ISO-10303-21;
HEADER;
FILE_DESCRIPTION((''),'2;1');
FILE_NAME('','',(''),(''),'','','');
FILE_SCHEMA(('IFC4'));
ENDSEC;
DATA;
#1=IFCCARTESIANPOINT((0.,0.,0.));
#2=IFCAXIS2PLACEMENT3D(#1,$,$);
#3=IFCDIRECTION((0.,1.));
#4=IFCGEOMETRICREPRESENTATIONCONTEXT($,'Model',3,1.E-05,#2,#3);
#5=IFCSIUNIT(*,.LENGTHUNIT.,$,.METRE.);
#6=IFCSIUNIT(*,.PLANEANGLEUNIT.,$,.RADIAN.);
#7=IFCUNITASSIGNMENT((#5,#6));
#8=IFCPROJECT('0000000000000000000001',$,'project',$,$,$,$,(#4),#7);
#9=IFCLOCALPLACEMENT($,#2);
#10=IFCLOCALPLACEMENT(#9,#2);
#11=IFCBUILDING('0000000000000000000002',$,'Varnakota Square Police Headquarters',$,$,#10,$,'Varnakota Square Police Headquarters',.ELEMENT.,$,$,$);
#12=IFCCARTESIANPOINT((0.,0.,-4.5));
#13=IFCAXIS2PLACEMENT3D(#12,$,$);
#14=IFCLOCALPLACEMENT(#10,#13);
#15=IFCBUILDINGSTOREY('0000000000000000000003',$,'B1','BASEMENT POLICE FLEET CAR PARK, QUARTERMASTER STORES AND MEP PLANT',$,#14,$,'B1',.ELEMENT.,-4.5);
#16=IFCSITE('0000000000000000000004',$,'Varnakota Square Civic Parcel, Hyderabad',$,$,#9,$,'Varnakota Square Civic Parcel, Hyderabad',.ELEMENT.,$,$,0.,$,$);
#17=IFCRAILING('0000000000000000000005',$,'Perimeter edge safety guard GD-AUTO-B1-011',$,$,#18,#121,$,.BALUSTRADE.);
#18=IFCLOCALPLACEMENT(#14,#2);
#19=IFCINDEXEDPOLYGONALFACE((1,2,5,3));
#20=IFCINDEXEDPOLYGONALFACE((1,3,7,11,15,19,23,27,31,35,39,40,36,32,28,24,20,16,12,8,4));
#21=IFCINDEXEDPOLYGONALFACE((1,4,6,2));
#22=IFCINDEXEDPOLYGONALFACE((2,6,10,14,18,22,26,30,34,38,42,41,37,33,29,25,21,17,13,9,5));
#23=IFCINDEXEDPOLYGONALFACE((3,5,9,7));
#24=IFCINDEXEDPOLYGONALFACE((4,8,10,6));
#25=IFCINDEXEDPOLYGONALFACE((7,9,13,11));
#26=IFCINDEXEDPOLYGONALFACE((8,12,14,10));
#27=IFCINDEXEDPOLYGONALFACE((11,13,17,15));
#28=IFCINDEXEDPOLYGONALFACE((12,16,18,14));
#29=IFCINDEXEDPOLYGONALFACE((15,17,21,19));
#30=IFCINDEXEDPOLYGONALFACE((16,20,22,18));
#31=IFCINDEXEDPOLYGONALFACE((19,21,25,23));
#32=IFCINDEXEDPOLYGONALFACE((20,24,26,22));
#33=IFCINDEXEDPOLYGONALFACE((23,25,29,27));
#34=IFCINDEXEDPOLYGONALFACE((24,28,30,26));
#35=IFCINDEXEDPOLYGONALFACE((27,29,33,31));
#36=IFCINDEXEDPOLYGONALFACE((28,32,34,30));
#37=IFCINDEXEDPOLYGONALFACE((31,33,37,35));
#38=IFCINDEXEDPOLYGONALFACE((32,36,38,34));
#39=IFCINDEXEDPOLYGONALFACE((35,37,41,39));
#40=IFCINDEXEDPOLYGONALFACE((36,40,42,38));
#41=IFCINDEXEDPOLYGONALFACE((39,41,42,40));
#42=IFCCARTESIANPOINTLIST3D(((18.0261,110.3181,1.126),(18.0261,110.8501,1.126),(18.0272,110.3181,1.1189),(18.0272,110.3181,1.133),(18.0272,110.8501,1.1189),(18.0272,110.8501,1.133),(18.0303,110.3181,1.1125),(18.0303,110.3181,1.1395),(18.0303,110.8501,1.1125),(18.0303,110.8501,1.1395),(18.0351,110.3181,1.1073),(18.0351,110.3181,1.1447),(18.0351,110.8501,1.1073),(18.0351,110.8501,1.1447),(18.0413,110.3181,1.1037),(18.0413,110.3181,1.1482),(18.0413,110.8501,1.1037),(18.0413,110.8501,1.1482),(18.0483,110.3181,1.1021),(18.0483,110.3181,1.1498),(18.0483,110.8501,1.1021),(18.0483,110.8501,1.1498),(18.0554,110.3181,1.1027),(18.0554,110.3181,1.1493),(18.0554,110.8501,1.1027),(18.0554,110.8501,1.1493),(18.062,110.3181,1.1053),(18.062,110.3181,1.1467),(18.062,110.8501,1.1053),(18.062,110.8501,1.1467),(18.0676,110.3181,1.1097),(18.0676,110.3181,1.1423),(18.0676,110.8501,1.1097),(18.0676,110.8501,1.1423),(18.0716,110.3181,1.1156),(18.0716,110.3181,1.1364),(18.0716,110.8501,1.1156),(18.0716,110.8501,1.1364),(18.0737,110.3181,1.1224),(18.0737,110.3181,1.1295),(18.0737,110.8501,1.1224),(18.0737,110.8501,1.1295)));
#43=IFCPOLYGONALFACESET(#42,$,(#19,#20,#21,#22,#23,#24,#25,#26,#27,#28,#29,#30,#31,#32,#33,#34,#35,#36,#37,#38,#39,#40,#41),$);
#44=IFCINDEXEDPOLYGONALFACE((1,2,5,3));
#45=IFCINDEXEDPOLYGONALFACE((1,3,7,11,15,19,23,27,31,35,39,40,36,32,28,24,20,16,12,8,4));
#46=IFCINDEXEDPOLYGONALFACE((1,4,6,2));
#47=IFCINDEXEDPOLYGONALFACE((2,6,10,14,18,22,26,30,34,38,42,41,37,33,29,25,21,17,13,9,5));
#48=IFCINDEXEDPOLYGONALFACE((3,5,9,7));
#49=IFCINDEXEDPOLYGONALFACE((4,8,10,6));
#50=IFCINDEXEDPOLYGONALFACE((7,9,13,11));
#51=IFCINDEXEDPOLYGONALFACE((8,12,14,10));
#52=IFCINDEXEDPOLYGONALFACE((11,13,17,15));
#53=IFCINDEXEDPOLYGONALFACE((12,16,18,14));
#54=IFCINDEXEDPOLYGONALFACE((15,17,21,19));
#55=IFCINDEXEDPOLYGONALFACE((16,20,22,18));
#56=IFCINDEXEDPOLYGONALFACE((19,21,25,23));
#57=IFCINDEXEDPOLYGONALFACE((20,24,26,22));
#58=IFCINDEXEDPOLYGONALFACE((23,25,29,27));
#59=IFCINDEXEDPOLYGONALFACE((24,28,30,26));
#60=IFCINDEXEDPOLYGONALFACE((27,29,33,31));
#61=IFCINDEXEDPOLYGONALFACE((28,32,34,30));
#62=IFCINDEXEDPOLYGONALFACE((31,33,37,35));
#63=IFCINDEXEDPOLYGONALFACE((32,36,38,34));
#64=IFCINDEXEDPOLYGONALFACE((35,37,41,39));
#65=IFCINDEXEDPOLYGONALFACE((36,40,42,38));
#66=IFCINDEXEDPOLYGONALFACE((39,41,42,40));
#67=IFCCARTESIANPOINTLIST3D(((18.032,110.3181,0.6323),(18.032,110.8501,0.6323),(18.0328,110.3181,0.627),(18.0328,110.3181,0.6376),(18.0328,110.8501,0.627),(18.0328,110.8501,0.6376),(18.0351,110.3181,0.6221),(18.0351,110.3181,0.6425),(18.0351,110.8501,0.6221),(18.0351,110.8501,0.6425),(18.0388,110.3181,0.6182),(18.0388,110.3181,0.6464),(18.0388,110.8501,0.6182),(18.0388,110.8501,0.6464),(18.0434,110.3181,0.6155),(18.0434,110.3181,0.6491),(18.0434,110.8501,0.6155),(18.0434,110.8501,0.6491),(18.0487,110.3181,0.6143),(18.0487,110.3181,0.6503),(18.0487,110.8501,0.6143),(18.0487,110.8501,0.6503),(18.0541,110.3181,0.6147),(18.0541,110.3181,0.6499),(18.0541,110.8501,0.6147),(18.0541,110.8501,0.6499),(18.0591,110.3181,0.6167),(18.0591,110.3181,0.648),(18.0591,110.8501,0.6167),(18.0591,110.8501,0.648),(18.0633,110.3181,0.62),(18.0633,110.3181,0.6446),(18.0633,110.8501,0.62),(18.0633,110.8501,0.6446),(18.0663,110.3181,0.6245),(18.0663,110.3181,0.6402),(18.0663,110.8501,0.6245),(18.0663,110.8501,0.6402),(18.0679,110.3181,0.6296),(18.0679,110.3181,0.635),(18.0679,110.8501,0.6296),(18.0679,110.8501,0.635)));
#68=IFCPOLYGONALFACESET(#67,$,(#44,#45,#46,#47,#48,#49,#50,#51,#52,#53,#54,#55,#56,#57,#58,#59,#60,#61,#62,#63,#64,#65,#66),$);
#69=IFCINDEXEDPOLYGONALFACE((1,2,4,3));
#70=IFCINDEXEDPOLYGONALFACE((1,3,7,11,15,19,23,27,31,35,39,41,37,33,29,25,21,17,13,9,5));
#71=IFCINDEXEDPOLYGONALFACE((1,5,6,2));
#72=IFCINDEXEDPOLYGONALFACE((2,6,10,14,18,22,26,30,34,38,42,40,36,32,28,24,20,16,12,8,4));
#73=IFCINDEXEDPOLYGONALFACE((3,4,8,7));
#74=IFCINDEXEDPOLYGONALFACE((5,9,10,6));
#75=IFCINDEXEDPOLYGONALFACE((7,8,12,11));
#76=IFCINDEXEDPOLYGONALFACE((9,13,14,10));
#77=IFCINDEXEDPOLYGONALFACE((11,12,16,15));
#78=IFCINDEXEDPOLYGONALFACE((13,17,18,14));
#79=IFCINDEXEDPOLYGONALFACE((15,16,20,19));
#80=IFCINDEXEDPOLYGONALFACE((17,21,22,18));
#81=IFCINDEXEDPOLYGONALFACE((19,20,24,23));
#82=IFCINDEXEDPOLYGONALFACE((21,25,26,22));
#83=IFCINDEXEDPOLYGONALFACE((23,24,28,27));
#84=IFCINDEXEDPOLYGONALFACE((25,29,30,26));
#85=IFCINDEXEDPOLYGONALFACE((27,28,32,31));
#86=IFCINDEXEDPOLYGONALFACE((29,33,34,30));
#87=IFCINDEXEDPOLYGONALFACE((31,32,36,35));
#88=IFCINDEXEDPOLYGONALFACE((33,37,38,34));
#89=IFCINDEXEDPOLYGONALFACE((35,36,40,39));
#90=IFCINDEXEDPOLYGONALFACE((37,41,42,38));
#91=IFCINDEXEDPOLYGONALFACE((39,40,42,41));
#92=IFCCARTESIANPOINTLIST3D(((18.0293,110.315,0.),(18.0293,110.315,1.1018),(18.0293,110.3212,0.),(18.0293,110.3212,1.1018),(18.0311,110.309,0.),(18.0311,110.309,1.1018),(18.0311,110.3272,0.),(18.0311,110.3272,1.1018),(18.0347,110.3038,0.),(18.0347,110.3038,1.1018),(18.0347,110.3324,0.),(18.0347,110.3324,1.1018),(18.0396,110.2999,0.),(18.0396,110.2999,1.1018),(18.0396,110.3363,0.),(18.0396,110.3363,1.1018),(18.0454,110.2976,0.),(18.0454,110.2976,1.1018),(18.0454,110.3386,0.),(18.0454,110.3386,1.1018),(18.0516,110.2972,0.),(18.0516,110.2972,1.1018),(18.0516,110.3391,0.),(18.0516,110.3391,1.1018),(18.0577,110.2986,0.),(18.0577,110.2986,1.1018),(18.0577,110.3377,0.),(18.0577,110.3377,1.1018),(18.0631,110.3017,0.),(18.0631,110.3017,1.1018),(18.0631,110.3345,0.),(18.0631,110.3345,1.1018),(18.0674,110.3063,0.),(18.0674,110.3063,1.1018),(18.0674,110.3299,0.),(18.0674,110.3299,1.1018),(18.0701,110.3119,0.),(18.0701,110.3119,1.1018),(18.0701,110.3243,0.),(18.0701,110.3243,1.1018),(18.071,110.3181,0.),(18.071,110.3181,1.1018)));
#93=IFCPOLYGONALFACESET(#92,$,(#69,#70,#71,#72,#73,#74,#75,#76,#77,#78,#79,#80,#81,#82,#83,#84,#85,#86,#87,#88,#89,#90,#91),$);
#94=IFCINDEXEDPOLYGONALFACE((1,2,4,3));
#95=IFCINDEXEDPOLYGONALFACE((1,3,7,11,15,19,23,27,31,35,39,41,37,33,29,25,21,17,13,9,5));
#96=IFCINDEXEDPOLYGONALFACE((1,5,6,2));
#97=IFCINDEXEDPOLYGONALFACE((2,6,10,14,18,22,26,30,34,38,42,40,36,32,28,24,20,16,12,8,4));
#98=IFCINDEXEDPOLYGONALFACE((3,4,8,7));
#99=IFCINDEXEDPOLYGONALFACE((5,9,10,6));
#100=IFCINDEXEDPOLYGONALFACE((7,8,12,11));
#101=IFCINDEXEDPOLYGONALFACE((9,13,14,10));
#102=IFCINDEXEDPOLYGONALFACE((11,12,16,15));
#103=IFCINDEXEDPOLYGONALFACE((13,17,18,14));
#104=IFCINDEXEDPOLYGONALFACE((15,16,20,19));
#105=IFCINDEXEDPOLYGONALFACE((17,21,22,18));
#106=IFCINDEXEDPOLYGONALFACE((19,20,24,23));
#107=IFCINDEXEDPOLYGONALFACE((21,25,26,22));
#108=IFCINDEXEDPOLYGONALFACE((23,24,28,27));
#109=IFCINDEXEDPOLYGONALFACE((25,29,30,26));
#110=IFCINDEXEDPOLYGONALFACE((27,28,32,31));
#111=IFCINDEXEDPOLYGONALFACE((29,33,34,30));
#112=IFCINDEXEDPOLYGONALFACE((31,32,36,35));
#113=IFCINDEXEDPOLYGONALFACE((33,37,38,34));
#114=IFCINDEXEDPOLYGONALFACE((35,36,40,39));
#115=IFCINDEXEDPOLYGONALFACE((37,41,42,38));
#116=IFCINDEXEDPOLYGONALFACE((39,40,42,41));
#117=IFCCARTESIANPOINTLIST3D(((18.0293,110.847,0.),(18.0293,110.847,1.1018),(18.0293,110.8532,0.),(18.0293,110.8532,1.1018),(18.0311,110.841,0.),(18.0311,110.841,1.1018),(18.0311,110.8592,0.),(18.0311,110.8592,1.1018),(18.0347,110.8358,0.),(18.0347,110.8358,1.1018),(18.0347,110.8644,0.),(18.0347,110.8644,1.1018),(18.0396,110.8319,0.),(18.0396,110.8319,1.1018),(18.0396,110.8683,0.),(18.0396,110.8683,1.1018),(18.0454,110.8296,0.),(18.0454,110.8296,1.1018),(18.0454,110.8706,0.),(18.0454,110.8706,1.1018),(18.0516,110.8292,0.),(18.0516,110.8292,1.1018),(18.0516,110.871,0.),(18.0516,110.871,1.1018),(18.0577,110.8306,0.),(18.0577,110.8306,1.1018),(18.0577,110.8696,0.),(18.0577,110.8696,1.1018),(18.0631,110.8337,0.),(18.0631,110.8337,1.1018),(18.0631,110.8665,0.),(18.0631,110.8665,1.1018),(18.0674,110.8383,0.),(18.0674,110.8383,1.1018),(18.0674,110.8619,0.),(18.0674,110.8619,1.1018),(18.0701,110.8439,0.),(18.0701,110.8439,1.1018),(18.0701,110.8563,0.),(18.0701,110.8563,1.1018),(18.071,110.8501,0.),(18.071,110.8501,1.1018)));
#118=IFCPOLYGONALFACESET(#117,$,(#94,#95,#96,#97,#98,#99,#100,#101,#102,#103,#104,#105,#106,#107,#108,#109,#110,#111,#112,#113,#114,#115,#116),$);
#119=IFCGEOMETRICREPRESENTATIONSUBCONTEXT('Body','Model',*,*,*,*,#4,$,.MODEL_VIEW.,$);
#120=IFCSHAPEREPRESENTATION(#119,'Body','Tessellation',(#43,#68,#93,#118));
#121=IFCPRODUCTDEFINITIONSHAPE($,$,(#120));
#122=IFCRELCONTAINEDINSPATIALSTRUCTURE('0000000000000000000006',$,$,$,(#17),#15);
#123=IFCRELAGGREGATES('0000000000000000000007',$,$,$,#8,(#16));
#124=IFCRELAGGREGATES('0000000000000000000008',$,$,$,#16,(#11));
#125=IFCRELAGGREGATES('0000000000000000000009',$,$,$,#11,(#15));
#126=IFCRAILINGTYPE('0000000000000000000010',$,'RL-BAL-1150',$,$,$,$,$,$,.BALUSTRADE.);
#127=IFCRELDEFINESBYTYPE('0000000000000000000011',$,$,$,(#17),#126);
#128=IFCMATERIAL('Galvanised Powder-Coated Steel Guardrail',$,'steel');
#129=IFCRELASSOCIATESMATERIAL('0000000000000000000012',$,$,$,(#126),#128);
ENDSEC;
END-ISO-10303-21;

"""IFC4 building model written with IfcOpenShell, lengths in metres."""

from ifc_helpers import new_model, si_unit, direction, frame, origin, origin_2d, place, context, subcontext, project, spatial, circle, extrude, material, type_object, element, save


model = new_model("IFC4")

# Units and contexts
model_context = context("Model", 3, precision=1e-05, world=origin(), true_north=direction((0.0, 1.0)))
body_context = subcontext(model_context, "Body", "Model", "MODEL_VIEW")
ifc_project = project(units=[si_unit("LENGTHUNIT", "METRE"), si_unit("PLANEANGLEUNIT", "RADIAN")], contexts=[model_context])

# Site, building, storey
site_placement = place(None, origin())
site = spatial("IfcSite", under=ifc_project, at=site_placement, Name="Varnakota Square Civic Parcel, Hyderabad", LongName="Varnakota Square Civic Parcel, Hyderabad", CompositionType="ELEMENT", RefElevation=0.0)
building_placement = place(site_placement, origin())
building = spatial("IfcBuilding", under=site, at=building_placement, Name="Varnakota Square Police Headquarters", LongName="Varnakota Square Police Headquarters", CompositionType="ELEMENT")
storey_placement = place(building_placement, frame((0.0, 0.0, -4.5)))
storey = spatial("IfcBuildingStorey", under=building, at=storey_placement, Name="B1", Description="BASEMENT POLICE FLEET CAR PARK, QUARTERMASTER STORES AND MEP PLANT", LongName="B1", CompositionType="ELEMENT", Elevation=-4.5)

# Railing
ifc_material_1 = material(Name="Galvanised Powder-Coated Steel Guardrail", Category="steel")
railing_type = type_object("IfcRailingType", Name="RL-BAL-1150", PredefinedType="BALUSTRADE", material=ifc_material_1)
railing_1_placement = place(storey_placement, frame((18.05, 110.3181, 0.0)))
element("IfcRailing", 1, at=railing_1_placement, inside=storey, type_object=railing_type, Name="Perimeter edge safety guard GD-AUTO-B1-011", PredefinedType="BALUSTRADE", context=body_context, shape_type="SweptSolid", body=[
    extrude(circle(Radius=0.0239, at=origin_2d()), frame((0.0, 0.0, 1.126), z_axis=(0.0, 1.0, 0.0), x_axis=(-1.0, 0.0, 0.0)), (0.0, 0.0, 1.0), 0.532),
    extrude(circle(Radius=0.0181, at=origin_2d()), frame((0.0, 0.0, 0.6323), z_axis=(0.0, 1.0, 0.0), x_axis=(-1.0, 0.0, 0.0)), (0.0, 0.0, 1.0), 0.532),
    extrude(circle(Radius=0.021, at=origin_2d()), origin(), (0.0, 0.0, 1.0), 1.1018),
    extrude(circle(Radius=0.021, at=origin_2d()), frame((0.0, 0.532, 0.0)), (0.0, 0.0, 1.0), 1.1018),
])

save(model, "model.ifc")
